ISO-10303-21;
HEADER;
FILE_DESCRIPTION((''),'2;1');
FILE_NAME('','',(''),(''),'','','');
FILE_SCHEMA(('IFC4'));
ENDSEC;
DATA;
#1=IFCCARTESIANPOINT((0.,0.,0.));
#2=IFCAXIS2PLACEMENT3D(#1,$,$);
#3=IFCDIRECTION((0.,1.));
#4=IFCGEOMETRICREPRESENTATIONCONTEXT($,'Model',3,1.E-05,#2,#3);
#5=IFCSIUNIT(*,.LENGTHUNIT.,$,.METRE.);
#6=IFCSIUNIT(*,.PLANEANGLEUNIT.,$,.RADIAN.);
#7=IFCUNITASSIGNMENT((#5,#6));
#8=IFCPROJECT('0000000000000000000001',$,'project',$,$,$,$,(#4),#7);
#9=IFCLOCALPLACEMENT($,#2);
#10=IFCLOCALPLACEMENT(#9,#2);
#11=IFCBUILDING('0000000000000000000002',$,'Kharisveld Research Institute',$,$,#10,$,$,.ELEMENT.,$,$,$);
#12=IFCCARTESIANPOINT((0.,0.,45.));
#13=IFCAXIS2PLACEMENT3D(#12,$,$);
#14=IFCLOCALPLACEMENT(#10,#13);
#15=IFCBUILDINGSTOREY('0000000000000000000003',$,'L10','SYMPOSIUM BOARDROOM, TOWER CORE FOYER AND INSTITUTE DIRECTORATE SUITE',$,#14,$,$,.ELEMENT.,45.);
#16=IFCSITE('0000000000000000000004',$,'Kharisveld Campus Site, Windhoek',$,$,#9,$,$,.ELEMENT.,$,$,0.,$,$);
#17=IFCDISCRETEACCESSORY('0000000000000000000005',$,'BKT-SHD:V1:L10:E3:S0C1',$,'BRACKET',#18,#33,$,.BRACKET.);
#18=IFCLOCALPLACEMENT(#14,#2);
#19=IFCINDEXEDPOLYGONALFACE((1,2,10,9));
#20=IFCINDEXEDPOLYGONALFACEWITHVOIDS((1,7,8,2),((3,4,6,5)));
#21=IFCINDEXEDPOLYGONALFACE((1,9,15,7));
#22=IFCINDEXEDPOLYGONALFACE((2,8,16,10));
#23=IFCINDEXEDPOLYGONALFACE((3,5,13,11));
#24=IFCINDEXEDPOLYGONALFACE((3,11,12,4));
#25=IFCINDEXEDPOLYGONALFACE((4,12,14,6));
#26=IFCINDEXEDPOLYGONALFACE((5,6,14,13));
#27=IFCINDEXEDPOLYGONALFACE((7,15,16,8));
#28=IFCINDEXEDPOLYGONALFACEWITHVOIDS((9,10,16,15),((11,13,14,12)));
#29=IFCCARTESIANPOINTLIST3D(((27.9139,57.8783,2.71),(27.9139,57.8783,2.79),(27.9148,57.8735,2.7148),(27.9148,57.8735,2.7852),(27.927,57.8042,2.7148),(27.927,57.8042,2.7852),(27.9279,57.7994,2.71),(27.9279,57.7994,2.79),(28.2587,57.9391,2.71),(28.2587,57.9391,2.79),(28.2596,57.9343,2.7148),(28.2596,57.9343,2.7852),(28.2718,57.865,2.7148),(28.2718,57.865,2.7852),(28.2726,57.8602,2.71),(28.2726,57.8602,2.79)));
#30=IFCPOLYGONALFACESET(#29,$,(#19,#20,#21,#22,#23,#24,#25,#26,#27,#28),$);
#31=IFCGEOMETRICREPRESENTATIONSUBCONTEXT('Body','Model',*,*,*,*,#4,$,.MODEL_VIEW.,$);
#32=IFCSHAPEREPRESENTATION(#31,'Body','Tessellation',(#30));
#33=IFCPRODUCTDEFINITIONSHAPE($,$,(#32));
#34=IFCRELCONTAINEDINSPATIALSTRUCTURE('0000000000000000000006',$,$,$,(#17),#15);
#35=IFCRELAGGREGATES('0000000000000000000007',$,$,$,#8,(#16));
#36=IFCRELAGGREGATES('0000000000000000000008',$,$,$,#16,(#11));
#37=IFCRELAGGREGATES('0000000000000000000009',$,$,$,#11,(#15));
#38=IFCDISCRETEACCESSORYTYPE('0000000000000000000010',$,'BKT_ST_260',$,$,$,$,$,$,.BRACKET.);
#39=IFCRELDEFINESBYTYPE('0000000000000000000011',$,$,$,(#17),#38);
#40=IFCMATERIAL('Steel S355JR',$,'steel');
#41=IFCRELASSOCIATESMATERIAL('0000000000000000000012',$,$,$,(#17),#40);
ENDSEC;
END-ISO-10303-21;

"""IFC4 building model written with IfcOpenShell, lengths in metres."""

from ifc_helpers import new_model, si_unit, direction, frame, origin, origin_2d, place, context, subcontext, project, spatial, hollow_rectangle, extrude, material, type_object, element, save


model = new_model("IFC4")

# Units and contexts
model_context = context("Model", 3, precision=1e-05, world=origin(), true_north=direction((0.0, 1.0)))
body_context = subcontext(model_context, "Body", "Model", "MODEL_VIEW")
ifc_project = project(units=[si_unit("LENGTHUNIT", "METRE"), si_unit("PLANEANGLEUNIT", "RADIAN")], contexts=[model_context])

# Site, building, storey
site_placement = place(None, origin())
site = spatial("IfcSite", under=ifc_project, at=site_placement, Name="Kharisveld Campus Site, Windhoek", CompositionType="ELEMENT", RefElevation=0.0)
building_placement = place(site_placement, origin())
building = spatial("IfcBuilding", under=site, at=building_placement, Name="Kharisveld Research Institute", CompositionType="ELEMENT")
storey_placement = place(building_placement, frame((0.0, 0.0, 45.0)))
storey = spatial("IfcBuildingStorey", under=building, at=storey_placement, Name="L10", Description="SYMPOSIUM BOARDROOM, TOWER CORE FOYER AND INSTITUTE DIRECTORATE SUITE", CompositionType="ELEMENT", Elevation=45.0)

# Discrete accessory
ifc_material_1 = material(Name="Steel S355JR", Category="steel")
discrete_accessory_type = type_object("IfcDiscreteAccessoryType", Name="BKT_ST_260", PredefinedType="BRACKET")
for number, where, z_axis, x_axis, name in (
    (1, (27.9209, 57.8389, 2.75), (0.984805, 0.173666, 0.0), (-0.173666, 0.984805, 0.0), "BKT-SHD:V1:L10:E3:S0C1"),
):
    element("IfcDiscreteAccessory", number, at=place(storey_placement, frame(where, z_axis=z_axis, x_axis=x_axis)), inside=storey, type_object=discrete_accessory_type, material=ifc_material_1, Name=name, ObjectType="BRACKET", PredefinedType="BRACKET", context=body_context, shape_type="SweptSolid", body=[
        extrude(hollow_rectangle(XDim=0.0801, YDim=0.0801, WallThickness=0.0049, at=origin_2d()), origin(), (0.0, 0.0, 1.0), 0.3501),
    ])

save(model, "model.ifc")
